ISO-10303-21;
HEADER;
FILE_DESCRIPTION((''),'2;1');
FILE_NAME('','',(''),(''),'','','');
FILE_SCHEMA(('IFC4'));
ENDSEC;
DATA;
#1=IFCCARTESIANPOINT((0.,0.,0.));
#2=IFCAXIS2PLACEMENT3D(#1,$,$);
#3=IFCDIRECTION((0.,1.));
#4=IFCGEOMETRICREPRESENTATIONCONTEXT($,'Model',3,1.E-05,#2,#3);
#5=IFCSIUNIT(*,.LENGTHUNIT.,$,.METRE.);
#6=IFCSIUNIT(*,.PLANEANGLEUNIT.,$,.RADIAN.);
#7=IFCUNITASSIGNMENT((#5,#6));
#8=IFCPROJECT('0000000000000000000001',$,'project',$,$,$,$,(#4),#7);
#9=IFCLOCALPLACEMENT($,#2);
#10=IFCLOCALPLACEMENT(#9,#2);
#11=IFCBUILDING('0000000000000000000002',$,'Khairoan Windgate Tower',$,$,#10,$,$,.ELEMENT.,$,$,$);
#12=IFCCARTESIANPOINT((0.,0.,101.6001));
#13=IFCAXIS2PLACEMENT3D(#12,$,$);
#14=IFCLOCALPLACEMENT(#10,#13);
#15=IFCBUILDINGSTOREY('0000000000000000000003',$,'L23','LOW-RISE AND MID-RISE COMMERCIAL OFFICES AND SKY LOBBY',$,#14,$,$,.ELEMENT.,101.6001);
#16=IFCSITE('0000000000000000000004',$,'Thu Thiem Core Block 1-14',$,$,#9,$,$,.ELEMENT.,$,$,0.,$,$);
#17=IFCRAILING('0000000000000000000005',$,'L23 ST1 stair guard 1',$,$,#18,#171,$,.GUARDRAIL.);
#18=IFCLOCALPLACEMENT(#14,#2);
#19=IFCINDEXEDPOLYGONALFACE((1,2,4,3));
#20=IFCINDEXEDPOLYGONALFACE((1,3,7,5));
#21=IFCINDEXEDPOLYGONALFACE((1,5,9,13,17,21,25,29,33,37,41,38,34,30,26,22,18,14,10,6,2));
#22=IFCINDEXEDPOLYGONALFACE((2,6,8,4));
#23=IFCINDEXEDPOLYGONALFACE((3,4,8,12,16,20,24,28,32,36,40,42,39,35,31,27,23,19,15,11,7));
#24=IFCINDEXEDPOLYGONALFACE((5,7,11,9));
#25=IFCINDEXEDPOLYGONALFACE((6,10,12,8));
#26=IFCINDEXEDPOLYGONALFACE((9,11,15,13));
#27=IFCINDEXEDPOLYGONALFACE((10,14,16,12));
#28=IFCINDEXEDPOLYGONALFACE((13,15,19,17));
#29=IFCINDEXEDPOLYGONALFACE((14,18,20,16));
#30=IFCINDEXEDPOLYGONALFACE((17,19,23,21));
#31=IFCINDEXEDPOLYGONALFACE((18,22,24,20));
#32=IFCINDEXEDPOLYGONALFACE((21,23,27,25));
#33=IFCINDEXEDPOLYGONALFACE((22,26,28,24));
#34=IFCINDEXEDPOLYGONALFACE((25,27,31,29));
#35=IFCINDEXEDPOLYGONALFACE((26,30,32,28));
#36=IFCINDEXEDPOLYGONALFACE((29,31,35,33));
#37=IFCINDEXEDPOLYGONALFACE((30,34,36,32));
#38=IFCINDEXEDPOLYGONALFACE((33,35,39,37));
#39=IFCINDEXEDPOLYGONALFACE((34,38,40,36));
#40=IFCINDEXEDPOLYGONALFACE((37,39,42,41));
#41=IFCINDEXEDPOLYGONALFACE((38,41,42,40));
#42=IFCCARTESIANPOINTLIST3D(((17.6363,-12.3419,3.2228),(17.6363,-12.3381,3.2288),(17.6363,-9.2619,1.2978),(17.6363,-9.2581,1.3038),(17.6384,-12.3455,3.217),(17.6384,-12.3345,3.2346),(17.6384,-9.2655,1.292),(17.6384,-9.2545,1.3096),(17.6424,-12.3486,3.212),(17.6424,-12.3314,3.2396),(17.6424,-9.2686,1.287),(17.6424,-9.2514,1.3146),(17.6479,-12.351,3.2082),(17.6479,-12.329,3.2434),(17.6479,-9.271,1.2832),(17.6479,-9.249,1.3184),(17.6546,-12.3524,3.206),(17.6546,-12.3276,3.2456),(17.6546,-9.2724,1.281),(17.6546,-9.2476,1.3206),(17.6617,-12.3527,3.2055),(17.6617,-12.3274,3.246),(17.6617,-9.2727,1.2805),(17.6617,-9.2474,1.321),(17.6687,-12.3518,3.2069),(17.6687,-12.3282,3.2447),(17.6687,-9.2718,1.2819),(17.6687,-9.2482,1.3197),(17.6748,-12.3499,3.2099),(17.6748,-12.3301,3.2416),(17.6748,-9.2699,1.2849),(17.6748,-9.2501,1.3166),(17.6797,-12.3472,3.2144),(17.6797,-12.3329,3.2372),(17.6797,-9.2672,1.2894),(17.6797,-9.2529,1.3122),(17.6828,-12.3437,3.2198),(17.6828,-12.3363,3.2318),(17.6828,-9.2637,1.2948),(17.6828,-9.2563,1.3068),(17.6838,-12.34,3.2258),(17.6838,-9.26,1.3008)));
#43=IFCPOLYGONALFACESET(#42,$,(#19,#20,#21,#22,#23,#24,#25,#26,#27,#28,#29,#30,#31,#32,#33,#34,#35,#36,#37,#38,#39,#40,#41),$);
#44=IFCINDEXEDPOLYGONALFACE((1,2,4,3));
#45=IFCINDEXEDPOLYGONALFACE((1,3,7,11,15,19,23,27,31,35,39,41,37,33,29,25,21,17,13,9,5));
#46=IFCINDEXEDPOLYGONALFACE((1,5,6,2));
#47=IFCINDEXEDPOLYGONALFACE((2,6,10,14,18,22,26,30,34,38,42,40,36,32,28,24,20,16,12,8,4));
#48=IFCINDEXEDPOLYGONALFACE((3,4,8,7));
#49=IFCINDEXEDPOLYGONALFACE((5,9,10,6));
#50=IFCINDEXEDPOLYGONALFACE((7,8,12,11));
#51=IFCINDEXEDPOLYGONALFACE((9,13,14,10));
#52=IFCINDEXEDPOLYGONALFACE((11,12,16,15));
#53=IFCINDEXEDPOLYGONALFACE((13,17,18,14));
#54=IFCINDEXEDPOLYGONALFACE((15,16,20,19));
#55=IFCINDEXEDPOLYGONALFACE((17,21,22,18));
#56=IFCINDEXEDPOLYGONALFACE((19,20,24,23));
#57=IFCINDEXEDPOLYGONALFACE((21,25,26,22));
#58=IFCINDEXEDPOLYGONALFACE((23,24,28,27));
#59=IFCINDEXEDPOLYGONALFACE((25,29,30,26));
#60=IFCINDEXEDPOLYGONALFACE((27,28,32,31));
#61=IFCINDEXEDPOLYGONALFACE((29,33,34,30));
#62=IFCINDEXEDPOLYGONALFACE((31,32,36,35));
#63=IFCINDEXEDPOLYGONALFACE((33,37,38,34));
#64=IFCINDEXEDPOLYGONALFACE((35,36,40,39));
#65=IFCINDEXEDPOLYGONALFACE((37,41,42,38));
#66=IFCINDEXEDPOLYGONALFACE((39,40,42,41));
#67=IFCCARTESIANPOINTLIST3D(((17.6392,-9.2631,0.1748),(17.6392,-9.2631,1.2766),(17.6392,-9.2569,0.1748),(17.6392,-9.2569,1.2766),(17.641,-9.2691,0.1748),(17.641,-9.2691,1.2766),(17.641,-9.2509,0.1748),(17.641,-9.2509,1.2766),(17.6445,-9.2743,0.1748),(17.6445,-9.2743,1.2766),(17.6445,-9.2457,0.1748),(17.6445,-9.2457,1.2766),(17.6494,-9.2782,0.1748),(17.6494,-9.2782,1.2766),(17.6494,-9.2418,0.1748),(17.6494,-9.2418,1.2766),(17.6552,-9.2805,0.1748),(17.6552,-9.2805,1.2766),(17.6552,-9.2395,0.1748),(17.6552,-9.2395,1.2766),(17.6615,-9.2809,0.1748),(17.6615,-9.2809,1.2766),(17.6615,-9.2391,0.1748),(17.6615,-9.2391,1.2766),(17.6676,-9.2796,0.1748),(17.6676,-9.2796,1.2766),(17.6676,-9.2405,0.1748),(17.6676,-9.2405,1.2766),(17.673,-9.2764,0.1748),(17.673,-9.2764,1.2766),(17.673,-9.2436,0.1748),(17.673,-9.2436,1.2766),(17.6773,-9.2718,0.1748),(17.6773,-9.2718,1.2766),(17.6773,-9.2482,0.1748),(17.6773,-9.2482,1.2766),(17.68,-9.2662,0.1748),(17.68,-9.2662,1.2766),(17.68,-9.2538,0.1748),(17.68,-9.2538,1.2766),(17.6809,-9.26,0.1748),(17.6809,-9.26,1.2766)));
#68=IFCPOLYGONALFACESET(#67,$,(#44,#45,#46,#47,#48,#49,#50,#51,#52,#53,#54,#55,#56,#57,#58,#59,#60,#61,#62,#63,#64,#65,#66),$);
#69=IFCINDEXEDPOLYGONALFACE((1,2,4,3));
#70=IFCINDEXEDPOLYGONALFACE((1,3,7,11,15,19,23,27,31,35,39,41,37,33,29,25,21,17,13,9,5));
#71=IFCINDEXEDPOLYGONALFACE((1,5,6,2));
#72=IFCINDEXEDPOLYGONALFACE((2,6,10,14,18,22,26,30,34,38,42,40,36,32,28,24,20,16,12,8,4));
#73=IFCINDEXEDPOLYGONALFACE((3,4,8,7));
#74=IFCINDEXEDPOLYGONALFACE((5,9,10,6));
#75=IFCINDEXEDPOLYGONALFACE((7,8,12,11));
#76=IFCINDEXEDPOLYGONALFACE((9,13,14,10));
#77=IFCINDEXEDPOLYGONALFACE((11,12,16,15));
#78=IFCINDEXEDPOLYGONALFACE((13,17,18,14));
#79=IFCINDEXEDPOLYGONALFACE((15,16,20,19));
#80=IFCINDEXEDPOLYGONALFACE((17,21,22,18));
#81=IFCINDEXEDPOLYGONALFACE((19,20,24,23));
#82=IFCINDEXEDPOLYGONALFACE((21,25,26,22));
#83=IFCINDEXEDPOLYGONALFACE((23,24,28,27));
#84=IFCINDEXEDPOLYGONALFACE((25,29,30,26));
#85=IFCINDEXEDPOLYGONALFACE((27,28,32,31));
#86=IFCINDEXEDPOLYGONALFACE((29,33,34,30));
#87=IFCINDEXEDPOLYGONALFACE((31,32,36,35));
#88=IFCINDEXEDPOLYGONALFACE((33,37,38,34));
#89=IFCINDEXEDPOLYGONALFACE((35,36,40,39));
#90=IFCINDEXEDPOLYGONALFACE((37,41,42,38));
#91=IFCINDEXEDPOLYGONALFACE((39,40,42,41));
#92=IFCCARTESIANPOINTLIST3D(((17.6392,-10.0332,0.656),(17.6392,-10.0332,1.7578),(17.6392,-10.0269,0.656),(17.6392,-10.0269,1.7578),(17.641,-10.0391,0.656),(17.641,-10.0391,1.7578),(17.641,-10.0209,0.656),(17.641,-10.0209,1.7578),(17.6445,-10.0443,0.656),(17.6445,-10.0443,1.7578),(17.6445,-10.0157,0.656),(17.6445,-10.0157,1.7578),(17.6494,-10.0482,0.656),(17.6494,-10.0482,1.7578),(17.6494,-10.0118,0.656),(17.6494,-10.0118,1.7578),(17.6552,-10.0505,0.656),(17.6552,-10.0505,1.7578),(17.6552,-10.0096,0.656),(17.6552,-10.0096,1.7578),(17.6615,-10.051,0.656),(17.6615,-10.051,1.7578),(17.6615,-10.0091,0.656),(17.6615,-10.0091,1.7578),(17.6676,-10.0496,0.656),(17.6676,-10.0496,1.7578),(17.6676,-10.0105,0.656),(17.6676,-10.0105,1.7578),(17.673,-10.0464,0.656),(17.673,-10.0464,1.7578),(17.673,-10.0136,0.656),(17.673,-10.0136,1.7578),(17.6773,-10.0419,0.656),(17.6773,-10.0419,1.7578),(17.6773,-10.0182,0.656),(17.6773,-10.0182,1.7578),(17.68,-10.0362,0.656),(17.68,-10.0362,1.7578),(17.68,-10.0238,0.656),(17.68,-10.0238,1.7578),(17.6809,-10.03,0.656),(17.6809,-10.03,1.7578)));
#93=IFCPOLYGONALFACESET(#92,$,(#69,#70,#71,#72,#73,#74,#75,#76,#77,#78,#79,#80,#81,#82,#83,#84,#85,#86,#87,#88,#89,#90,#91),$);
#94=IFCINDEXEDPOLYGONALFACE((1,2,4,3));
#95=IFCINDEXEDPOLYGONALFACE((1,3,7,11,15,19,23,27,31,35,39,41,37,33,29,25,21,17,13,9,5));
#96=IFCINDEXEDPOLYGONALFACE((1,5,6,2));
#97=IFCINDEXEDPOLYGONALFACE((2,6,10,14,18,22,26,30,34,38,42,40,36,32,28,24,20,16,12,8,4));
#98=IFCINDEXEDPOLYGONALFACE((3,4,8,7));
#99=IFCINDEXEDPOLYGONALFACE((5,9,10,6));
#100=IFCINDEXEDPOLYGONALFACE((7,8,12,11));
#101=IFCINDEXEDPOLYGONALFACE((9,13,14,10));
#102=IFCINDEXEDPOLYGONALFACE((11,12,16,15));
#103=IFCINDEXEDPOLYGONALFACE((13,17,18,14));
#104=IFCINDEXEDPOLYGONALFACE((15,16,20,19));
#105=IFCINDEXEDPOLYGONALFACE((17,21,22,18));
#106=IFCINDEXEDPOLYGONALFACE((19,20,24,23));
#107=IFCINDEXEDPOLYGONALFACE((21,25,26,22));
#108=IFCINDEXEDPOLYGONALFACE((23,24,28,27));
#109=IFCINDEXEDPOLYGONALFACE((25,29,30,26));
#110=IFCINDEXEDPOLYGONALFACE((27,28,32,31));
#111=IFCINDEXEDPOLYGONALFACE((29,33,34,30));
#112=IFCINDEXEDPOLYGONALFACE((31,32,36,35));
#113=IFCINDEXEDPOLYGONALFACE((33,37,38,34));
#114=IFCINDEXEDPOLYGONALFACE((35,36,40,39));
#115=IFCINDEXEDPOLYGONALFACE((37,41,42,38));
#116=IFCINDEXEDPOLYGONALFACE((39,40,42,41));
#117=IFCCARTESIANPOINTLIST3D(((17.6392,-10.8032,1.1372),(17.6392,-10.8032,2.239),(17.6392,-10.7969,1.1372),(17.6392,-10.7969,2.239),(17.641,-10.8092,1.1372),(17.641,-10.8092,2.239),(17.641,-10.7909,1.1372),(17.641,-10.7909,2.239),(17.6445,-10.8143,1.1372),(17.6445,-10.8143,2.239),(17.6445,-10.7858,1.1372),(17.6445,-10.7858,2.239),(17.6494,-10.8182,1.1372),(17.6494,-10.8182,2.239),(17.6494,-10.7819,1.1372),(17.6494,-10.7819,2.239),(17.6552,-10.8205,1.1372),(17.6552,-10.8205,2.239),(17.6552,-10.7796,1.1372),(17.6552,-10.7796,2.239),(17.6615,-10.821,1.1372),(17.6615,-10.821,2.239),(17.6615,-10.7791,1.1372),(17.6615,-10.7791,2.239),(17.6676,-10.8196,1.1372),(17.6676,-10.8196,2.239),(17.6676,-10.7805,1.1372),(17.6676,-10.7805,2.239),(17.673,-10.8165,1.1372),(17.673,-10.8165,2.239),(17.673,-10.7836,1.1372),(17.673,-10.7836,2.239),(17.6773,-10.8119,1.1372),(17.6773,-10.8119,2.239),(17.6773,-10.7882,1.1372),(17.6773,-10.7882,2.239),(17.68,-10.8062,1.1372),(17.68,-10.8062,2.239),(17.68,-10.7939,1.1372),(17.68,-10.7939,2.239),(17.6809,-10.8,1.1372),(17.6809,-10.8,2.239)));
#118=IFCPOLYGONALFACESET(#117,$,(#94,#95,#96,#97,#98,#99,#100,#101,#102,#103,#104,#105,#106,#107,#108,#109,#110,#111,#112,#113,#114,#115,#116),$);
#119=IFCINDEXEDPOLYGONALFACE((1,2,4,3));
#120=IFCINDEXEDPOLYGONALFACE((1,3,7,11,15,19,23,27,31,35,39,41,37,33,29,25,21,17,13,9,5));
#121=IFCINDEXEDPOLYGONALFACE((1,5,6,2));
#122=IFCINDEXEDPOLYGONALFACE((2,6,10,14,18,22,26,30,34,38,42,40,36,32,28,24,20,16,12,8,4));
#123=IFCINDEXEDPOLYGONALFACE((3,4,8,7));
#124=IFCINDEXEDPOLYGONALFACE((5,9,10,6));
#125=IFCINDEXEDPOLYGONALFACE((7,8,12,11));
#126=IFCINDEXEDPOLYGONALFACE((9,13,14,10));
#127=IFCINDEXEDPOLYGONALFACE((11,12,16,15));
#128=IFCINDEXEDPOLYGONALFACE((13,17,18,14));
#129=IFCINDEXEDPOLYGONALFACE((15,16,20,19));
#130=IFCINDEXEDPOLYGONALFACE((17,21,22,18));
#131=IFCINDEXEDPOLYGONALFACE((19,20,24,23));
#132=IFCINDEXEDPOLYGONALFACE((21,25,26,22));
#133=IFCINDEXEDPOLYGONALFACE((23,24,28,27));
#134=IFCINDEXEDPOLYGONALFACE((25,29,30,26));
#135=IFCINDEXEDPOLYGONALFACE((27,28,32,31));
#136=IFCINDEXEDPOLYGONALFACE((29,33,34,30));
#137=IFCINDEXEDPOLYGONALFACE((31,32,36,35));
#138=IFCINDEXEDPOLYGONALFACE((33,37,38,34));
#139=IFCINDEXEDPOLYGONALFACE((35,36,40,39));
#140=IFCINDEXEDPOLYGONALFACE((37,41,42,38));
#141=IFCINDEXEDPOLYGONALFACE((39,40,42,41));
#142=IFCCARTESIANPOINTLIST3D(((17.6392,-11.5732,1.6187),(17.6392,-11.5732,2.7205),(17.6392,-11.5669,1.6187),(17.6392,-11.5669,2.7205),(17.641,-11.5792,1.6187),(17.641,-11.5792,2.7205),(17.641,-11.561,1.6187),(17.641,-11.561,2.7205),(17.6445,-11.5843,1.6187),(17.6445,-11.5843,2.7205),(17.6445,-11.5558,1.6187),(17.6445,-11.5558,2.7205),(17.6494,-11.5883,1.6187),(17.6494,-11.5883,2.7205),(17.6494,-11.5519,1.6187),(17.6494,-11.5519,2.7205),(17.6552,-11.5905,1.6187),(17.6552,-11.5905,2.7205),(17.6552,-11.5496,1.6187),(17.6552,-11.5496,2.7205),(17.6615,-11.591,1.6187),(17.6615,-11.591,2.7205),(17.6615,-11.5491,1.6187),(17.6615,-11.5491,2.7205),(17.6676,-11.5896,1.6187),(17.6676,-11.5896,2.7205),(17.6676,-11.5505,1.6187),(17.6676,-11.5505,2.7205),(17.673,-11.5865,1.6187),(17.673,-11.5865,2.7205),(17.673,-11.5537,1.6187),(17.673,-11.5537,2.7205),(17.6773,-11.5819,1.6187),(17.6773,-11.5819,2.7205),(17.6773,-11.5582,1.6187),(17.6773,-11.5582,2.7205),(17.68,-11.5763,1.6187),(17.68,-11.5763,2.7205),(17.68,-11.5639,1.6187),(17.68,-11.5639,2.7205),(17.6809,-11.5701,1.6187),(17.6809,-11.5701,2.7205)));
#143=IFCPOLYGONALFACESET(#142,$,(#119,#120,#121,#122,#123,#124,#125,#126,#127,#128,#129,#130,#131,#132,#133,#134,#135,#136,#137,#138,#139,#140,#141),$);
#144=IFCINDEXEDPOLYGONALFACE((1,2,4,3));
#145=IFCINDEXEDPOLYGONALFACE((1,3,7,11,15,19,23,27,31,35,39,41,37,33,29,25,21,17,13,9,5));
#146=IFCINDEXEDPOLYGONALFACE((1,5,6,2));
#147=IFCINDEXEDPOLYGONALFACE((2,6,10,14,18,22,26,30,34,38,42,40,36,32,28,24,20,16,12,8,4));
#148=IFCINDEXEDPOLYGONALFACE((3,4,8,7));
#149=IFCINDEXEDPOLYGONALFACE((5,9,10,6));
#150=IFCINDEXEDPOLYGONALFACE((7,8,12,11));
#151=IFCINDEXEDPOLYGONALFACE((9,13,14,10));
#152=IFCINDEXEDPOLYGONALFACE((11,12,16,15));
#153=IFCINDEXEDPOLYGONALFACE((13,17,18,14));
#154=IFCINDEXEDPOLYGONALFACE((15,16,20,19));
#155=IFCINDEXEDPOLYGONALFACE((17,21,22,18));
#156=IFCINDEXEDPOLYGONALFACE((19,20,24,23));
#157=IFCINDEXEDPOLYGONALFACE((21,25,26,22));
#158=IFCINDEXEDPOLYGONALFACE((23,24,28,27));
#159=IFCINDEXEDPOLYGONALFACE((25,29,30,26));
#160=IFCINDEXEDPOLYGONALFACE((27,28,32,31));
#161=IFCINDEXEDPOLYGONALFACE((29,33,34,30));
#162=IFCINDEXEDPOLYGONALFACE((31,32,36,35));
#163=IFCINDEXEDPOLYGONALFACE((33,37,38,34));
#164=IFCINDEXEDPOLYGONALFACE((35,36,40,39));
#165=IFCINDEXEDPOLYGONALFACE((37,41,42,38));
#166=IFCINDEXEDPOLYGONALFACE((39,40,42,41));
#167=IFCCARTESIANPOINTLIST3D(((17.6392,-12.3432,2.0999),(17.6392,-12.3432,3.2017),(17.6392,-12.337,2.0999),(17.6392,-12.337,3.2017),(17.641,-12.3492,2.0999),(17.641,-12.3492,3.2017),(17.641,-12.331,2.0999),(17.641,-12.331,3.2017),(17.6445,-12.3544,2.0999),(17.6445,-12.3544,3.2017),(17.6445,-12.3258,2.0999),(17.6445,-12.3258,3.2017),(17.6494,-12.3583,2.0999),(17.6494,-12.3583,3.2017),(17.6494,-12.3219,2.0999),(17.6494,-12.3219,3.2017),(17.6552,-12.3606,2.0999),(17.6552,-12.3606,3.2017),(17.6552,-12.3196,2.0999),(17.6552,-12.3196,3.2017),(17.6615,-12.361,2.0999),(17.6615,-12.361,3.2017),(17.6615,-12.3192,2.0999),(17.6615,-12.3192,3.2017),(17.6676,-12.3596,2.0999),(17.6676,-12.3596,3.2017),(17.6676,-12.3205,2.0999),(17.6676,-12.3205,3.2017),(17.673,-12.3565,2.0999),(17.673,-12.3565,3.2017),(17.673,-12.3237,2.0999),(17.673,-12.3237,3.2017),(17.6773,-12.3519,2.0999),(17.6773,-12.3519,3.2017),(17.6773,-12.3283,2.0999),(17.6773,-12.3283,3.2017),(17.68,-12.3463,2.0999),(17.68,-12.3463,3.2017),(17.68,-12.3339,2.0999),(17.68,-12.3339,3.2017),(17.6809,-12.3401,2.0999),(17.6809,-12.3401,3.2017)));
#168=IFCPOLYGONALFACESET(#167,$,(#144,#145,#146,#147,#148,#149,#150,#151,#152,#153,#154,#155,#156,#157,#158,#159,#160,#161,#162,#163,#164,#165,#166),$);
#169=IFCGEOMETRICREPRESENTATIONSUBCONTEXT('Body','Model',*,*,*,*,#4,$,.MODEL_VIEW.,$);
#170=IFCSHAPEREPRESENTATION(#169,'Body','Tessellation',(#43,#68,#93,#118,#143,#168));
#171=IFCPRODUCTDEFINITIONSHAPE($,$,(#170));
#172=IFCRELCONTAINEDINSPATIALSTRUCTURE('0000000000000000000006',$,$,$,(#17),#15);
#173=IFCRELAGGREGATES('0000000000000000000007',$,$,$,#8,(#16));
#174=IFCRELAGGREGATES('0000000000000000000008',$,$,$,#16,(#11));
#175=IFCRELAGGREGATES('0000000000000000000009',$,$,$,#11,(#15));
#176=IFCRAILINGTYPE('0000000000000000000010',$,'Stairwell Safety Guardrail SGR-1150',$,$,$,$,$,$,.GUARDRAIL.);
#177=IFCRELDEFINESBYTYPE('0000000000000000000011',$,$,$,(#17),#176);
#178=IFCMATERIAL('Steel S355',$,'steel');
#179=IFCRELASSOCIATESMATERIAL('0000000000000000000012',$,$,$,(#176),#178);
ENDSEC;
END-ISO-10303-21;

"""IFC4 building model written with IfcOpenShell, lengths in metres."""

from ifc_helpers import new_model, si_unit, direction, frame, origin, origin_2d, place, context, subcontext, project, spatial, circle, extrude, material, type_object, element, save


model = new_model("IFC4")

# Units and contexts
model_context = context("Model", 3, precision=1e-05, world=origin(), true_north=direction((0.0, 1.0)))
body_context = subcontext(model_context, "Body", "Model", "MODEL_VIEW")
ifc_project = project(units=[si_unit("LENGTHUNIT", "METRE"), si_unit("PLANEANGLEUNIT", "RADIAN")], contexts=[model_context])

# Site, building, storey
site_placement = place(None, origin())
site = spatial("IfcSite", under=ifc_project, at=site_placement, Name="Thu Thiem Core Block 1-14", CompositionType="ELEMENT", RefElevation=0.0)
building_placement = place(site_placement, origin())
building = spatial("IfcBuilding", under=site, at=building_placement, Name="Khairoan Windgate Tower", CompositionType="ELEMENT")
storey_placement = place(building_placement, frame((0.0, 0.0, 101.6001)))
storey = spatial("IfcBuildingStorey", under=building, at=storey_placement, Name="L23", Description="LOW-RISE AND MID-RISE COMMERCIAL OFFICES AND SKY LOBBY", CompositionType="ELEMENT", Elevation=101.6001)

# Railing
ifc_material_1 = material(Name="Steel S355", Category="steel")
railing_type_1 = type_object("IfcRailingType", Name="Stairwell Safety Guardrail SGR-1150", PredefinedType="GUARDRAIL", material=ifc_material_1)
railing_1_placement = place(storey_placement, frame((17.6599, -9.26, 0.1748)))
element("IfcRailing", 1, at=railing_1_placement, inside=storey, type_object=railing_type_1, Name="L23 ST1 stair guard 1", PredefinedType="GUARDRAIL", context=body_context, shape_type="SweptSolid", body=[
    extrude(circle(Radius=0.0239, at=origin_2d()), frame((0.0, 0.0, 1.126), z_axis=(0.0, -0.847998, 0.529999), x_axis=(1.0, 0.0, 0.0)), (0.0, 0.0, 1.0), 3.6321),
    extrude(circle(Radius=0.021, at=origin_2d()), origin(), (0.0, 0.0, 1.0), 1.1018),
    extrude(circle(Radius=0.021, at=origin_2d()), frame((0.0, -0.77, 0.4812)), (0.0, 0.0, 1.0), 1.1018),
    extrude(circle(Radius=0.021, at=origin_2d()), frame((0.0, -1.54, 0.9624)), (0.0, 0.0, 1.0), 1.1018),
    extrude(circle(Radius=0.021, at=origin_2d()), frame((0.0, -2.3101, 1.4438)), (0.0, 0.0, 1.0), 1.1018),
    extrude(circle(Radius=0.021, at=origin_2d()), frame((0.0, -3.0801, 1.925)), (0.0, 0.0, 1.0), 1.1018),
])

save(model, "model.ifc")
